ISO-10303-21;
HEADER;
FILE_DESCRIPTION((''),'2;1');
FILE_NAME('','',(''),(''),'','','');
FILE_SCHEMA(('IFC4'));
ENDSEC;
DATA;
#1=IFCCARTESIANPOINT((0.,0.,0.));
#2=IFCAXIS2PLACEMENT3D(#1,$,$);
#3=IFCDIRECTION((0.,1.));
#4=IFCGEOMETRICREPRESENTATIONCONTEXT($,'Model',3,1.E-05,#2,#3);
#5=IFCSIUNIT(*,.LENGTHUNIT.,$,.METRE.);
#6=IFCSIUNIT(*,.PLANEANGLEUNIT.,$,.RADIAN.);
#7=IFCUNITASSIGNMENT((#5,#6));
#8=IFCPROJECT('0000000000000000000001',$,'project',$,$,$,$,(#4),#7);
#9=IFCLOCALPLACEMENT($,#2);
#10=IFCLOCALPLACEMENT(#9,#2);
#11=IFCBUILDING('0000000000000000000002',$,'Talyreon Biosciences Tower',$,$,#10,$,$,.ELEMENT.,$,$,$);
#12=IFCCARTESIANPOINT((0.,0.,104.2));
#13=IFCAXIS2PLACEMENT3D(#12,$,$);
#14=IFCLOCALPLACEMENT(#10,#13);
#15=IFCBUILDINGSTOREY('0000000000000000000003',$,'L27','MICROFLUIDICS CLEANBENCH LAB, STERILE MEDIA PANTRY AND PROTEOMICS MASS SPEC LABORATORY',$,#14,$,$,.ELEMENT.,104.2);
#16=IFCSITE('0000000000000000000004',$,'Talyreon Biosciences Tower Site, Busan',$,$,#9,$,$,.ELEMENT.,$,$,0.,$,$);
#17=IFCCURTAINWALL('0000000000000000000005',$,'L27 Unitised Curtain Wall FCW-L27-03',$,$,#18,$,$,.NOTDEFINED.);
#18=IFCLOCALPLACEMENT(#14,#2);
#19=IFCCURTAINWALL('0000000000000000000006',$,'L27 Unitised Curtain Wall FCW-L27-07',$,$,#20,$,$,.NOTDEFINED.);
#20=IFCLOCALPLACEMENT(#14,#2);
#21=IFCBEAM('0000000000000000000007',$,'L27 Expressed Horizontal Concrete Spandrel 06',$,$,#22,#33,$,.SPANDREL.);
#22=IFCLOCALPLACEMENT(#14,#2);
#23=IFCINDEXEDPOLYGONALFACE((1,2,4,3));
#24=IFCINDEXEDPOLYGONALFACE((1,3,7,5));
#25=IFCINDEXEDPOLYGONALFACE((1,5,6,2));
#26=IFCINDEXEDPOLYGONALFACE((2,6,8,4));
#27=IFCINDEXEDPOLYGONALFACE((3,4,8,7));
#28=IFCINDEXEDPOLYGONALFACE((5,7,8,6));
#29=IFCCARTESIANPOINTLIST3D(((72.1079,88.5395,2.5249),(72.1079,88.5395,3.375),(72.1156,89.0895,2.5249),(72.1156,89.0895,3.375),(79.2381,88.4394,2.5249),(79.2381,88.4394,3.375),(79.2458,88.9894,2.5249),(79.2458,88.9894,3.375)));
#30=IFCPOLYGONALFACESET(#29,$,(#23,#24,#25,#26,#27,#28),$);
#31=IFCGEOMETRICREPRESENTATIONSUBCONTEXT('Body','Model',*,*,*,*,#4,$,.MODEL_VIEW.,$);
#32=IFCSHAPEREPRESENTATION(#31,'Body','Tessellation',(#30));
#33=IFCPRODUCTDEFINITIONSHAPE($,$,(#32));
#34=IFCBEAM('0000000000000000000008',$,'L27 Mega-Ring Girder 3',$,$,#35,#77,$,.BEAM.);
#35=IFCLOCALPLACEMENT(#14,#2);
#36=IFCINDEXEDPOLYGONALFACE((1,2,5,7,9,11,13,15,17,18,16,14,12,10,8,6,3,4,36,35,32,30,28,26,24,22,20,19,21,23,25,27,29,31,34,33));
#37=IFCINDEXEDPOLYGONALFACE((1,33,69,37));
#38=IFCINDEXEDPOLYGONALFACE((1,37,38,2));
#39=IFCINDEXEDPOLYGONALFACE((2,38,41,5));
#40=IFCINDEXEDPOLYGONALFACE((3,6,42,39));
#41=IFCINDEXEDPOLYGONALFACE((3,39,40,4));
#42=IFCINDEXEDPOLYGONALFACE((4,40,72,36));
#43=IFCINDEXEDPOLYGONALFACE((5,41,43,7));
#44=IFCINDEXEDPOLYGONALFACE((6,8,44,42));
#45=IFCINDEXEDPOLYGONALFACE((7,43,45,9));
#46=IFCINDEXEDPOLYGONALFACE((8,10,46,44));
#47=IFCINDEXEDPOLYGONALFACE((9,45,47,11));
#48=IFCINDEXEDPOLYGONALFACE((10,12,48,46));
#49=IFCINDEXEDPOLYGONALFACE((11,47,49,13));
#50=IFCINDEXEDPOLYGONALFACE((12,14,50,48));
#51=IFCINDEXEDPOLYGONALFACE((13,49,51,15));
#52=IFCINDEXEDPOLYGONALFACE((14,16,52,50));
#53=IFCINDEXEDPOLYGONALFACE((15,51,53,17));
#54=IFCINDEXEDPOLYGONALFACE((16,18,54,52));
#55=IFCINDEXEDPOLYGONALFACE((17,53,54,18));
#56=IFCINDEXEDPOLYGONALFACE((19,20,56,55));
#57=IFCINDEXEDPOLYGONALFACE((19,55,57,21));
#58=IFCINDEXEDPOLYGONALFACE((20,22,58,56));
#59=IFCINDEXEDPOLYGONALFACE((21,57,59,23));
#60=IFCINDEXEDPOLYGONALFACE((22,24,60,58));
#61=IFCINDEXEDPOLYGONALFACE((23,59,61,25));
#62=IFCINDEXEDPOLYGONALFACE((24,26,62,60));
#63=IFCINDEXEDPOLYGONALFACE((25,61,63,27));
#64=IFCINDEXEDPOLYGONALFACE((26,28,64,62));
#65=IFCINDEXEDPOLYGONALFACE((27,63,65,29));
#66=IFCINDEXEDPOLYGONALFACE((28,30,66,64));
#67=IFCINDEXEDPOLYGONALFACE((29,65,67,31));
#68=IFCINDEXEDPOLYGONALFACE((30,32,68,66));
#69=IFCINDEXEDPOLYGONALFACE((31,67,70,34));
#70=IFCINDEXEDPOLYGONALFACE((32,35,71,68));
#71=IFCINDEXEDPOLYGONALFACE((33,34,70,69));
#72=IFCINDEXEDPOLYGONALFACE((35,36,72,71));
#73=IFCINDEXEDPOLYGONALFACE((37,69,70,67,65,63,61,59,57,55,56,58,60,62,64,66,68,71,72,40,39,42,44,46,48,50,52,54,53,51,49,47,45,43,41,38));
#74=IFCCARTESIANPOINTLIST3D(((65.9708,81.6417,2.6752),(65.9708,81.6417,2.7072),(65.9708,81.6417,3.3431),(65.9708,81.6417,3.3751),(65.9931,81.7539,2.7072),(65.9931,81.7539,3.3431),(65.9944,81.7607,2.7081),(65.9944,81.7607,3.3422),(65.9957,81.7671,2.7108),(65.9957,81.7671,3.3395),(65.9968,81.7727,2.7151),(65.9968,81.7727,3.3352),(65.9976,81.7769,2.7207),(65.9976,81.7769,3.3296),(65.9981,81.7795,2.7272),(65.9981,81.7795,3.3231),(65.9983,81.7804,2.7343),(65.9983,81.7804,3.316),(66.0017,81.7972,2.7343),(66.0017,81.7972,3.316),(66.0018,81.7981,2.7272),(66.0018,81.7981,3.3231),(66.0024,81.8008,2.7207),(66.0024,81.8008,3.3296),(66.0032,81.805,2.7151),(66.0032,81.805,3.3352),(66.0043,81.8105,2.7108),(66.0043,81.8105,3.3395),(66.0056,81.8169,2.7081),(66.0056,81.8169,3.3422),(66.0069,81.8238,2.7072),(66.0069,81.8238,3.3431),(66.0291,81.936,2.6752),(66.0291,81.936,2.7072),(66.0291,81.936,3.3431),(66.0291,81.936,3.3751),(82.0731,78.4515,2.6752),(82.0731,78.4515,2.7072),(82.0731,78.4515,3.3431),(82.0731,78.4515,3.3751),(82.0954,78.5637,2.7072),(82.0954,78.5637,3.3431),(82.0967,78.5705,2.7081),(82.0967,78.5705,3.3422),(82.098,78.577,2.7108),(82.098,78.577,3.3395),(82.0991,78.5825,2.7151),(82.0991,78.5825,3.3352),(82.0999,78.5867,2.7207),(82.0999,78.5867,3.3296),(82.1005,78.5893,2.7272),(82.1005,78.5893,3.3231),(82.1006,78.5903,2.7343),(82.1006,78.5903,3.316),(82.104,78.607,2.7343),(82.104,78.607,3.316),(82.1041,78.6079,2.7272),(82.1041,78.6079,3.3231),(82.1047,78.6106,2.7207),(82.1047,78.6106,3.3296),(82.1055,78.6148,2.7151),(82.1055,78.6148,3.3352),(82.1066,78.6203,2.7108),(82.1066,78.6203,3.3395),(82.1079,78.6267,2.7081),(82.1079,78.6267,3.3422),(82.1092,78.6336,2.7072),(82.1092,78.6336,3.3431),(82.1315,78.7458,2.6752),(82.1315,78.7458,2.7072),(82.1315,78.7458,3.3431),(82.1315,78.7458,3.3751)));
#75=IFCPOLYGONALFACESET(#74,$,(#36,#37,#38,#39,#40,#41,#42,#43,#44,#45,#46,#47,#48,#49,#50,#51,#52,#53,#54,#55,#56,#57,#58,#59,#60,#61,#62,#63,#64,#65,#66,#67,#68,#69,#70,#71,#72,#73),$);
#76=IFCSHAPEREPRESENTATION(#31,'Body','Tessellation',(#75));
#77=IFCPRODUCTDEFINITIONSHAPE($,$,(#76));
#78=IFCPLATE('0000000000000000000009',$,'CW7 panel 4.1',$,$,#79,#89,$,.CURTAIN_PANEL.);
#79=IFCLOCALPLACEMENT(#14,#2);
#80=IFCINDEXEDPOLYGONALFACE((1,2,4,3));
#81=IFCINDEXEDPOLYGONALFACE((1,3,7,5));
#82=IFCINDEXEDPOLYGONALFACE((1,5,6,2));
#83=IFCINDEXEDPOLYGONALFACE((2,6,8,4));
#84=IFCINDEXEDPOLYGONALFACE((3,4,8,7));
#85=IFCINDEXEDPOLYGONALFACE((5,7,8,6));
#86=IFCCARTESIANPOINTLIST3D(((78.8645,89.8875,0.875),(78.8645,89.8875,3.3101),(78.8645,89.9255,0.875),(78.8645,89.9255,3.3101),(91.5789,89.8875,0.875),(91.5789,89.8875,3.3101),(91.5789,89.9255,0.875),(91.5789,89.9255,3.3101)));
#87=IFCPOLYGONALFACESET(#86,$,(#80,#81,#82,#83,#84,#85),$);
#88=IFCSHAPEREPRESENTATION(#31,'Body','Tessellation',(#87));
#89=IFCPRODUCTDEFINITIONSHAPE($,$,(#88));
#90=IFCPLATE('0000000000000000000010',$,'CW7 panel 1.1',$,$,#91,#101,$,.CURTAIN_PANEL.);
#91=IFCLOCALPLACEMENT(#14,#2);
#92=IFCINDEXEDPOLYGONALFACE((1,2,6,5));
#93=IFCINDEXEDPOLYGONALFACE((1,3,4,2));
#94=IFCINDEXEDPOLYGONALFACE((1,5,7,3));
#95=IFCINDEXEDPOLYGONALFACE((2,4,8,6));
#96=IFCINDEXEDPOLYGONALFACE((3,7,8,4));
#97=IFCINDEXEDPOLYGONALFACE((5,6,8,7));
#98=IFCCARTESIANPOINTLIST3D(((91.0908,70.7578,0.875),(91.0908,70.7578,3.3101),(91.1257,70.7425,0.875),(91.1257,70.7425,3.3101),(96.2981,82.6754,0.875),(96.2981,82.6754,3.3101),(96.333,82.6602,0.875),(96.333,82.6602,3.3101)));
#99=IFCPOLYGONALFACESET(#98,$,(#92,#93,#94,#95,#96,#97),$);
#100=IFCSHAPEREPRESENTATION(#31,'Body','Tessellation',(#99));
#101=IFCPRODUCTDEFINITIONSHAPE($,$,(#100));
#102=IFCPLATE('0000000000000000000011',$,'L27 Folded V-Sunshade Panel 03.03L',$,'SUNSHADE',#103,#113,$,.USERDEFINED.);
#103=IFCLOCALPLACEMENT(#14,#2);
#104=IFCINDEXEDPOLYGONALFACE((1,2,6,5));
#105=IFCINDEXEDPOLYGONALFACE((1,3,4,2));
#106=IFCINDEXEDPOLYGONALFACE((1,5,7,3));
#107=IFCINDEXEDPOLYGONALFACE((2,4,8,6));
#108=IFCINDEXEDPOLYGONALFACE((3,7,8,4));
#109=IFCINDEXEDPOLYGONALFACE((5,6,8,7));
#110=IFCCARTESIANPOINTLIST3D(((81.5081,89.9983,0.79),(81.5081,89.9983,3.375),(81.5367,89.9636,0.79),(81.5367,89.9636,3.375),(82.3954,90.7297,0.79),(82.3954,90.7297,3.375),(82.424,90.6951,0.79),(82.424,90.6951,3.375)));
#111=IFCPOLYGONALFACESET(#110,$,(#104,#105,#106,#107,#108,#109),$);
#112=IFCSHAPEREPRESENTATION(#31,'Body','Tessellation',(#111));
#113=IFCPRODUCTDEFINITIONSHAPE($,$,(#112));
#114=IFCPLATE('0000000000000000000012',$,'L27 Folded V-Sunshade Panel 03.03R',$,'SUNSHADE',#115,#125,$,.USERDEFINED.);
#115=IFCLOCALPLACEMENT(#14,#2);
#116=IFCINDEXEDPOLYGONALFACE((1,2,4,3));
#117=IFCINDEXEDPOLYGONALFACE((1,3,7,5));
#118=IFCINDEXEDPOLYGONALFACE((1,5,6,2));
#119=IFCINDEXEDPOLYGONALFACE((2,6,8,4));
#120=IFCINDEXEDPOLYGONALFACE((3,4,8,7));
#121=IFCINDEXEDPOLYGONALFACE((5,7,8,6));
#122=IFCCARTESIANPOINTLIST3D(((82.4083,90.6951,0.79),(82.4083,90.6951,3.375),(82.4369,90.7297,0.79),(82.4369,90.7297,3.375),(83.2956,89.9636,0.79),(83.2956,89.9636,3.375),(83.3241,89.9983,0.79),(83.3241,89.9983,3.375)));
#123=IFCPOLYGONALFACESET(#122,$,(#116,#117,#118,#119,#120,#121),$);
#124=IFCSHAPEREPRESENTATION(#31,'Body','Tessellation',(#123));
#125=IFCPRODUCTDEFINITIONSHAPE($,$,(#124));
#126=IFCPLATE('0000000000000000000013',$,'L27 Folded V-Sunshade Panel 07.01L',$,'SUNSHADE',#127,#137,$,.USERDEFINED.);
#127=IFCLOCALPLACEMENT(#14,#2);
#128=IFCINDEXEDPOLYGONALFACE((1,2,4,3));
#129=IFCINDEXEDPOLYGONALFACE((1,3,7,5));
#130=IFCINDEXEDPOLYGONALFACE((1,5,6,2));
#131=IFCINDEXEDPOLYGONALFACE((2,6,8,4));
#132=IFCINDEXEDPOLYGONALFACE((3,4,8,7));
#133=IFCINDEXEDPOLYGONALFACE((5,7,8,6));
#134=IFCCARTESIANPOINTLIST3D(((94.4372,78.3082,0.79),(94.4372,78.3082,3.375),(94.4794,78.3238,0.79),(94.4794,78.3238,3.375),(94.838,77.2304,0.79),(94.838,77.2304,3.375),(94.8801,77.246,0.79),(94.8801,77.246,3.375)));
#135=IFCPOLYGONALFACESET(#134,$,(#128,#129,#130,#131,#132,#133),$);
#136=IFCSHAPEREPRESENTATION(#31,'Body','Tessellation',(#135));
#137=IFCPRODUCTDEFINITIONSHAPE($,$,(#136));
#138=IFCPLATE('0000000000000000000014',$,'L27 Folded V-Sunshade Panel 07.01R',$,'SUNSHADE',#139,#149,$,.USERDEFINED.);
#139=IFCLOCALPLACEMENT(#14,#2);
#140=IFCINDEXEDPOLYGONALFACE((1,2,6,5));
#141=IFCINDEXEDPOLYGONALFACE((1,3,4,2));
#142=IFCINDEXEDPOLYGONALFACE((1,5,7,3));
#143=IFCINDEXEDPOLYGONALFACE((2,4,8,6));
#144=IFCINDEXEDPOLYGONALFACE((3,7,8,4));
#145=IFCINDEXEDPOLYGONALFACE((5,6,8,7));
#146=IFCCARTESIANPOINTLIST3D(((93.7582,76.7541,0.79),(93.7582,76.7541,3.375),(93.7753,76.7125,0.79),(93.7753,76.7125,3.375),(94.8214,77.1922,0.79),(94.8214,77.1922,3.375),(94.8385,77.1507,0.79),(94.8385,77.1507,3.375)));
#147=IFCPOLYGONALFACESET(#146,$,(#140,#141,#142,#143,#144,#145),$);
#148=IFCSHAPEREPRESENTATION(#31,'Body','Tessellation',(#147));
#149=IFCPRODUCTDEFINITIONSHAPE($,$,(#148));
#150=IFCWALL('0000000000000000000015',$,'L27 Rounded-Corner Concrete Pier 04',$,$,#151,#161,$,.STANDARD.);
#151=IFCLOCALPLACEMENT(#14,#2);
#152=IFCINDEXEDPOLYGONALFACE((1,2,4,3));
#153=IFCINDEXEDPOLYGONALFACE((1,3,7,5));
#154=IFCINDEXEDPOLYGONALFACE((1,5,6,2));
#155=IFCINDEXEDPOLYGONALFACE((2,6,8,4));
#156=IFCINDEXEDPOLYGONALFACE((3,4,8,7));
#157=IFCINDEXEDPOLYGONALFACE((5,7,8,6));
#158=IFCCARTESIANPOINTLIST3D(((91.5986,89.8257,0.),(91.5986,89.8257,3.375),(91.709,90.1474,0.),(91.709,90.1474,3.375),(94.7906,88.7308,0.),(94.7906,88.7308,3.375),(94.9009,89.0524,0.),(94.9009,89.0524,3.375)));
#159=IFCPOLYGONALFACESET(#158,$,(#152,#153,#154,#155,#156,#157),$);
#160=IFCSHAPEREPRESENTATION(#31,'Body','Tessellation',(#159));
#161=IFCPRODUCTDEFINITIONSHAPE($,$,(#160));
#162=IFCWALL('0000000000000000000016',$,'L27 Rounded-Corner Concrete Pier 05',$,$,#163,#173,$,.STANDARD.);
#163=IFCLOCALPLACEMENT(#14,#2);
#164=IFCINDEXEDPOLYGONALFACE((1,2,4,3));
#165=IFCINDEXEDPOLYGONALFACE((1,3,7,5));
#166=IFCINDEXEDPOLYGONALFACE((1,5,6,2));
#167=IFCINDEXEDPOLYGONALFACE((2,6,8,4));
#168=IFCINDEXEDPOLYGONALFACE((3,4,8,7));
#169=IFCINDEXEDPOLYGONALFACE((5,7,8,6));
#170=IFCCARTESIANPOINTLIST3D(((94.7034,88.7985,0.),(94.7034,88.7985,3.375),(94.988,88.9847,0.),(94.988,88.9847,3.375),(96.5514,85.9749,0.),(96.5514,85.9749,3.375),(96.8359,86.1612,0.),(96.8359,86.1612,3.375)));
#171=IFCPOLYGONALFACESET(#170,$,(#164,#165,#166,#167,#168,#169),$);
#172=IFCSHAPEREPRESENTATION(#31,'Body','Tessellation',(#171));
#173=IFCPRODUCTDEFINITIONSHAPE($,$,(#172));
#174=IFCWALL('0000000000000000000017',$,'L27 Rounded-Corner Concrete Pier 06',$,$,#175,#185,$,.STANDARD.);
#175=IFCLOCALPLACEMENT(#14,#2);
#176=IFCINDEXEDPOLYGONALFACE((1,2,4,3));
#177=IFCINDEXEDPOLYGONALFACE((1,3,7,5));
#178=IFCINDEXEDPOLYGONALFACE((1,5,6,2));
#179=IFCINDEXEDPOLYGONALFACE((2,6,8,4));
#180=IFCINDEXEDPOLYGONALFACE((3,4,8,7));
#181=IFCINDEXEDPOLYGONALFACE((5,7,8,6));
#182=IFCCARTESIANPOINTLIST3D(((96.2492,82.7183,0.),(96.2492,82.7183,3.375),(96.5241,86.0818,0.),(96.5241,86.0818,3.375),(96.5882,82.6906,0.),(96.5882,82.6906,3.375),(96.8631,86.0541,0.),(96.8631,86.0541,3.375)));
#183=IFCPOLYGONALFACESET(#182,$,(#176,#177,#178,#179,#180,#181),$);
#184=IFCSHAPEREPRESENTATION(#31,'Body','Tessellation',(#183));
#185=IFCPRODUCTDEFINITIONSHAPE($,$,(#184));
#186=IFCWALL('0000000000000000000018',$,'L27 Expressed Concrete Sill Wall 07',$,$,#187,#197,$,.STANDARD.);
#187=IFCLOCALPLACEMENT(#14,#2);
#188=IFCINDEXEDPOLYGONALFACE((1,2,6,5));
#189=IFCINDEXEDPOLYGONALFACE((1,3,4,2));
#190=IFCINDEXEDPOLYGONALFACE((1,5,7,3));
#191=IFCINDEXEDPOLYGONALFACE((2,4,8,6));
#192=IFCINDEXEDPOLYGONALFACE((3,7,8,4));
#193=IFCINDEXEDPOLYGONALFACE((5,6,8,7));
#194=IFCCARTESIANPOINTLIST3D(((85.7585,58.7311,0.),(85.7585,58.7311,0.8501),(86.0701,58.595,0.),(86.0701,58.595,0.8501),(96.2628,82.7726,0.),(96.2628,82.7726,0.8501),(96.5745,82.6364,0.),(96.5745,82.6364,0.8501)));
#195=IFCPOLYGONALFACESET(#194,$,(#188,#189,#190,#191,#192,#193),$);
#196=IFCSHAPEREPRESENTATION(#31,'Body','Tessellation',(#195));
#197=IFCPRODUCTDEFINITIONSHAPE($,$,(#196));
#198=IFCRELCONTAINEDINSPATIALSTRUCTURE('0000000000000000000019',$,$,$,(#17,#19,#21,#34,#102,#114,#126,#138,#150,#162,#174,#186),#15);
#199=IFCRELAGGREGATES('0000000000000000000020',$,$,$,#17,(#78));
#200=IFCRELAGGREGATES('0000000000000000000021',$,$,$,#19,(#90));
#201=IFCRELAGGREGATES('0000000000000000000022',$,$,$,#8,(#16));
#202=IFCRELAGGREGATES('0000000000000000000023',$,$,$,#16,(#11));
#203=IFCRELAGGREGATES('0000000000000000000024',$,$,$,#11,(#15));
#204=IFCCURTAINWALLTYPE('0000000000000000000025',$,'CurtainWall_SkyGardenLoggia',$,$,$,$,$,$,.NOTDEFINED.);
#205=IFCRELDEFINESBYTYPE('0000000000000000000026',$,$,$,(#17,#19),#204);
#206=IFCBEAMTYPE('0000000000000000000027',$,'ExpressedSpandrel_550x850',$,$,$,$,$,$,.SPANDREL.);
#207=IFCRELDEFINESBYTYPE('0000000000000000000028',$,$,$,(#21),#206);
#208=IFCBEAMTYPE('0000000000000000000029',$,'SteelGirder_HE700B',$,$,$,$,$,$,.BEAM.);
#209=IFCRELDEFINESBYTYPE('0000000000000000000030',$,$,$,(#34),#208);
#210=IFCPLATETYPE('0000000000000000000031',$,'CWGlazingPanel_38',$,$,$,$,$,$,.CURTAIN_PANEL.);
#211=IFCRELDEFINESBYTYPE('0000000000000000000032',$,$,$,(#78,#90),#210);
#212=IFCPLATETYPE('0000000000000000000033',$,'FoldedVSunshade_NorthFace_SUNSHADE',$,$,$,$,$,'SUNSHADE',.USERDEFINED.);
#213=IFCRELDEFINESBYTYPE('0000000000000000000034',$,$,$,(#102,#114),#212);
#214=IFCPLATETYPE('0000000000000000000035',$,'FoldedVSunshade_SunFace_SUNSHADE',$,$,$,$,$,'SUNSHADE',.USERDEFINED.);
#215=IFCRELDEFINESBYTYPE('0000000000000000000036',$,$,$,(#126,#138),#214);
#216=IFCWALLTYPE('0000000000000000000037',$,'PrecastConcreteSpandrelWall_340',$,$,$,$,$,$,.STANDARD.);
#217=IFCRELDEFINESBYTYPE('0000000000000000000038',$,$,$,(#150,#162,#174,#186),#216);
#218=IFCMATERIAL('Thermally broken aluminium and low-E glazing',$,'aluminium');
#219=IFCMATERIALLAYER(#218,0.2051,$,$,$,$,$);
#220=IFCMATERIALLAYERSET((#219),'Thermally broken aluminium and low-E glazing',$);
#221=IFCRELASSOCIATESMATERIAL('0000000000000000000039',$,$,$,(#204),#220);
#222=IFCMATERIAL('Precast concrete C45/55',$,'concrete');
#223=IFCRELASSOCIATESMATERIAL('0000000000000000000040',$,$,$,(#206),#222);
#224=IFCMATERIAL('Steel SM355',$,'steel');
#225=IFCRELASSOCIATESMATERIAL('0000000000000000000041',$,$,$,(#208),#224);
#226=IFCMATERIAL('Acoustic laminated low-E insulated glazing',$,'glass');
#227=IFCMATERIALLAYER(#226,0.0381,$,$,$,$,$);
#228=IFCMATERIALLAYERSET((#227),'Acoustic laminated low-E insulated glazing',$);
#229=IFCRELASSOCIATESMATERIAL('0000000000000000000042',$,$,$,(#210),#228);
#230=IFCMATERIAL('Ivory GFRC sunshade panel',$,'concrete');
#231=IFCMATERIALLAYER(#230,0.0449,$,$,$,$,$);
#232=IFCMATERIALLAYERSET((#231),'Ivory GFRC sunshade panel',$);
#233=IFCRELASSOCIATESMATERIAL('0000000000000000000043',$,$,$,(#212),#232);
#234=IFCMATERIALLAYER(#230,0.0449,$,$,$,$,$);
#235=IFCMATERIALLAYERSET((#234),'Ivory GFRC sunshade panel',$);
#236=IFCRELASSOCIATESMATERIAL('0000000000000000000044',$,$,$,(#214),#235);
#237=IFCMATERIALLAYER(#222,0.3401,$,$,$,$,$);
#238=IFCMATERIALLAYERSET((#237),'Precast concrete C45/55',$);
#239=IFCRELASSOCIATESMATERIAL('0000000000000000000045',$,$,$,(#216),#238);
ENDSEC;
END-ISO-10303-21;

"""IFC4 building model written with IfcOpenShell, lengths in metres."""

from ifc_helpers import new_model, si_unit, direction, frame, frame_2d, origin, origin_2d, place, context, subcontext, project, spatial, rectangle, i_section, extrude, material, layer, layer_set, material_profile, profile_set, type_object, element, aggregate, save


model = new_model("IFC4")

# Units and contexts
model_context = context("Model", 3, precision=1e-05, world=origin(), true_north=direction((0.0, 1.0)))
body_context = subcontext(model_context, "Body", "Model", "MODEL_VIEW")
ifc_project = project(units=[si_unit("LENGTHUNIT", "METRE"), si_unit("PLANEANGLEUNIT", "RADIAN")], contexts=[model_context])

# Site, building, storey
site_placement = place(None, origin())
site = spatial("IfcSite", under=ifc_project, at=site_placement, Name="Talyreon Biosciences Tower Site, Busan", CompositionType="ELEMENT", RefElevation=0.0)
building_placement = place(site_placement, origin())
building = spatial("IfcBuilding", under=site, at=building_placement, Name="Talyreon Biosciences Tower", CompositionType="ELEMENT")
storey_placement = place(building_placement, frame((0.0, 0.0, 104.2)))
storey = spatial("IfcBuildingStorey", under=building, at=storey_placement, Name="L27", Description="MICROFLUIDICS CLEANBENCH LAB, STERILE MEDIA PANTRY AND PROTEOMICS MASS SPEC LABORATORY", CompositionType="ELEMENT", Elevation=104.2)

# Curtain wall
ifc_material_1 = material(Name="Thermally broken aluminium and low-E glazing", Category="aluminium")
ifc_layer_1 = layer(ifc_material_1, 0.2051)
ifc_layer_set_1 = layer_set([ifc_layer_1], Name="Thermally broken aluminium and low-E glazing")
curtain_wall_type = type_object("IfcCurtainWallType", Name="CurtainWall_SkyGardenLoggia", PredefinedType="NOTDEFINED", material=ifc_layer_set_1)
curtain_wall_1_placement = place(storey_placement, origin())
curtain_wall_1 = element("IfcCurtainWall", 1, at=curtain_wall_1_placement, inside=storey, type_object=curtain_wall_type, Name="L27 Unitised Curtain Wall FCW-L27-03", PredefinedType="NOTDEFINED")

# Curtain wall
curtain_wall_2_placement = place(storey_placement, origin())
curtain_wall_2 = element("IfcCurtainWall", 2, at=curtain_wall_2_placement, inside=storey, type_object=curtain_wall_type, Name="L27 Unitised Curtain Wall FCW-L27-07", PredefinedType="NOTDEFINED")

# Beams
ifc_material_2 = material(Name="Precast concrete C45/55", Category="concrete")
ifc_material_profile_1 = material_profile(ifc_material_2, rectangle(XDim=0.55, YDim=0.8501, at=origin_2d()), Name="RCB 550x850")
ifc_profile_set_1 = profile_set([ifc_material_profile_1], Name="Precast concrete C45/55")
beam_type_1 = type_object("IfcBeamType", Name="ExpressedSpandrel_550x850", PredefinedType="SPANDREL", material=ifc_profile_set_1)
beam_1_placement = place(storey_placement, frame((79.2419, 88.7144, 2.95), z_axis=(-0.999901, 0.014037, 0.0), x_axis=(-0.014037, -0.999901, 0.0)))
element("IfcBeam", 3, at=beam_1_placement, inside=storey, type_object=beam_type_1, Name="L27 Expressed Horizontal Concrete Spandrel 06", PredefinedType="SPANDREL", context=body_context, shape_type="SweptSolid", body=[
    extrude(rectangle(XDim=0.55, YDim=0.8501, at=origin_2d()), origin(), (0.0, 0.0, 1.0), 7.1309),
])
ifc_material_3 = material(Name="Steel SM355", Category="steel")
ifc_material_profile_2 = material_profile(ifc_material_3, i_section(OverallWidth=0.3, OverallDepth=0.7, WebThickness=0.0171, FlangeThickness=0.032, FilletRadius=0.0271, at=origin_2d()), Name="HE700B")
ifc_profile_set_2 = profile_set([ifc_material_profile_2], Name="Steel SM355")
beam_type_2 = type_object("IfcBeamType", Name="SteelGirder_HE700B", PredefinedType="BEAM", material=ifc_profile_set_2)
beam_2_placement = place(storey_placement, frame((82.1023, 78.5986, 3.0251), z_axis=(-0.980934, 0.194343, 0.0), x_axis=(-0.194343, -0.980934, 0.0)))
element("IfcBeam", 4, at=beam_2_placement, inside=storey, type_object=beam_type_2, Name="L27 Mega-Ring Girder 3", PredefinedType="BEAM", context=body_context, shape_type="SweptSolid", body=[
    extrude(i_section(OverallWidth=0.3, OverallDepth=0.7, WebThickness=0.0171, FlangeThickness=0.032, FilletRadius=0.0271, at=origin_2d()), origin(), (0.0, 0.0, 1.0), 16.4153),
])

# Plates
ifc_material_4 = material(Name="Acoustic laminated low-E insulated glazing", Category="glass")
ifc_layer_2 = layer(ifc_material_4, 0.0381)
ifc_layer_set_2 = layer_set([ifc_layer_2], Name="Acoustic laminated low-E insulated glazing")
plate_type_1 = type_object("IfcPlateType", Name="CWGlazingPanel_38", PredefinedType="CURTAIN_PANEL", material=ifc_layer_set_2)
plate_1_placement = place(storey_placement, frame((85.2217, 89.9065, 0.875), z_axis=(0.0, 0.0, 1.0), x_axis=(1.0, 0.0, 0.0)))
plate_1 = element("IfcPlate", 5, at=plate_1_placement, type_object=plate_type_1, Name="CW7 panel 4.1", PredefinedType="CURTAIN_PANEL", context=body_context, shape_type="SweptSolid", body=[
    extrude(rectangle(XDim=12.7144, YDim=0.0381, at=origin_2d()), origin(), (0.0, 0.0, 1.0), 2.4351),
])
aggregate(curtain_wall_1, [plate_1])
plate_2_placement = place(storey_placement, frame((93.7119, 76.709, 0.875), z_axis=(0.0, 0.0, 1.0), x_axis=(-0.400385, -0.916347, 0.0)))
plate_2 = element("IfcPlate", 6, at=plate_2_placement, type_object=plate_type_1, Name="CW7 panel 1.1", PredefinedType="CURTAIN_PANEL", context=body_context, shape_type="SweptSolid", body=[
    extrude(rectangle(XDim=13.0056, YDim=0.0381, at=origin_2d()), origin(), (0.0, 0.0, 1.0), 2.4351),
])
aggregate(curtain_wall_2, [plate_2])

# Plates
ifc_material_5 = material(Name="Ivory GFRC sunshade panel", Category="concrete")
ifc_layer_3 = layer(ifc_material_5, 0.0449)
ifc_layer_set_3 = layer_set([ifc_layer_3], Name="Ivory GFRC sunshade panel")
plate_type_2 = type_object("IfcPlateType", Name="FoldedVSunshade_NorthFace_SUNSHADE", ElementType="SUNSHADE", PredefinedType="USERDEFINED", material=ifc_layer_set_3)
for number, where, z_axis, x_axis, name in (
    (7, (81.9661, 90.3467, 0.79), (0.0, 0.0, 1.0), (0.771625, 0.636078, 0.0), "L27 Folded V-Sunshade Panel 03.03L"),
    (8, (82.8662, 90.3467, 0.79), (0.0, 0.0, 1.0), (0.771625, -0.636078, 0.0), "L27 Folded V-Sunshade Panel 03.03R"),
):
    element("IfcPlate", number, at=place(storey_placement, frame(where, z_axis=z_axis, x_axis=x_axis)), inside=storey, type_object=plate_type_2, Name=name, ObjectType="SUNSHADE", PredefinedType="USERDEFINED", context=body_context, shape_type="SweptSolid", body=[
        extrude(rectangle(XDim=1.1499, YDim=0.0449, at=origin_2d()), origin(), (0.0, 0.0, 1.0), 2.585),
    ])
ifc_layer_4 = layer(ifc_material_5, 0.0449)
ifc_layer_set_4 = layer_set([ifc_layer_4], Name="Ivory GFRC sunshade panel")
plate_type_3 = type_object("IfcPlateType", Name="FoldedVSunshade_SunFace_SUNSHADE", ElementType="SUNSHADE", PredefinedType="USERDEFINED", material=ifc_layer_set_4)
for number, where, z_axis, x_axis, name in (
    (9, (94.6587, 77.7771, 0.79), (0.0, 0.0, 1.0), (0.348539, -0.937294, 0.0), "L27 Folded V-Sunshade Panel 07.01L"),
    (10, (94.2983, 76.9524, 0.79), (0.0, 0.0, 1.0), (-0.924559, -0.381038, 0.0), "L27 Folded V-Sunshade Panel 07.01R"),
):
    element("IfcPlate", number, at=place(storey_placement, frame(where, z_axis=z_axis, x_axis=x_axis)), inside=storey, type_object=plate_type_3, Name=name, ObjectType="SUNSHADE", PredefinedType="USERDEFINED", context=body_context, shape_type="SweptSolid", body=[
        extrude(rectangle(XDim=1.1499, YDim=0.0449, at=origin_2d()), origin(), (0.0, 0.0, 1.0), 2.585),
    ])

# Walls
ifc_layer_5 = layer(ifc_material_2, 0.3401)
ifc_layer_set_5 = layer_set([ifc_layer_5], Name="Precast concrete C45/55")
wall_type = type_object("IfcWallType", Name="PrecastConcreteSpandrelWall_340", PredefinedType="STANDARD", material=ifc_layer_set_5)
for number, where, z_axis, x_axis, name in (
    (11, (91.6538, 89.9866, 0.0), (0.0, 0.0, 1.0), (0.945891, -0.324485, 0.0), "L27 Rounded-Corner Concrete Pier 04"),
    (12, (94.8457, 88.8916, 0.0), (0.0, 0.0, 1.0), (0.547618, -0.836729, 0.0), "L27 Rounded-Corner Concrete Pier 05"),
):
    element("IfcWall", number, at=place(storey_placement, frame(where, z_axis=z_axis, x_axis=x_axis)), inside=storey, type_object=wall_type, Name=name, PredefinedType="STANDARD", context=body_context, shape_type="SweptSolid", body=[
        extrude(rectangle(XDim=3.3745, YDim=0.3401, at=frame_2d((1.6873, 0.0))), origin(), (0.0, 0.0, 1.0), 3.375),
    ])
wall_1_placement = place(storey_placement, frame((96.6936, 86.0681, 0.0), z_axis=(0.0, 0.0, 1.0), x_axis=(-0.081459, -0.996677, 0.0)))
element("IfcWall", 13, at=wall_1_placement, inside=storey, type_object=wall_type, Name="L27 Rounded-Corner Concrete Pier 06", PredefinedType="STANDARD", context=body_context, shape_type="SweptSolid", body=[
    extrude(rectangle(XDim=3.3748, YDim=0.3401, at=frame_2d((1.6875, 0.0))), origin(), (0.0, 0.0, 1.0), 3.375),
])
wall_2_placement = place(storey_placement, frame((96.4187, 82.7046, 0.0), z_axis=(0.0, 0.0, 1.0), x_axis=(-0.400378, -0.91635, 0.0)))
element("IfcWall", 14, at=wall_2_placement, inside=storey, type_object=wall_type, Name="L27 Expressed Concrete Sill Wall 07", PredefinedType="STANDARD", context=body_context, shape_type="SweptSolid", body=[
    extrude(rectangle(XDim=26.2361, YDim=0.3401, at=frame_2d((13.1182, 0.0))), origin(), (0.0, 0.0, 1.0), 0.8501),
])

save(model, "model.ifc")
